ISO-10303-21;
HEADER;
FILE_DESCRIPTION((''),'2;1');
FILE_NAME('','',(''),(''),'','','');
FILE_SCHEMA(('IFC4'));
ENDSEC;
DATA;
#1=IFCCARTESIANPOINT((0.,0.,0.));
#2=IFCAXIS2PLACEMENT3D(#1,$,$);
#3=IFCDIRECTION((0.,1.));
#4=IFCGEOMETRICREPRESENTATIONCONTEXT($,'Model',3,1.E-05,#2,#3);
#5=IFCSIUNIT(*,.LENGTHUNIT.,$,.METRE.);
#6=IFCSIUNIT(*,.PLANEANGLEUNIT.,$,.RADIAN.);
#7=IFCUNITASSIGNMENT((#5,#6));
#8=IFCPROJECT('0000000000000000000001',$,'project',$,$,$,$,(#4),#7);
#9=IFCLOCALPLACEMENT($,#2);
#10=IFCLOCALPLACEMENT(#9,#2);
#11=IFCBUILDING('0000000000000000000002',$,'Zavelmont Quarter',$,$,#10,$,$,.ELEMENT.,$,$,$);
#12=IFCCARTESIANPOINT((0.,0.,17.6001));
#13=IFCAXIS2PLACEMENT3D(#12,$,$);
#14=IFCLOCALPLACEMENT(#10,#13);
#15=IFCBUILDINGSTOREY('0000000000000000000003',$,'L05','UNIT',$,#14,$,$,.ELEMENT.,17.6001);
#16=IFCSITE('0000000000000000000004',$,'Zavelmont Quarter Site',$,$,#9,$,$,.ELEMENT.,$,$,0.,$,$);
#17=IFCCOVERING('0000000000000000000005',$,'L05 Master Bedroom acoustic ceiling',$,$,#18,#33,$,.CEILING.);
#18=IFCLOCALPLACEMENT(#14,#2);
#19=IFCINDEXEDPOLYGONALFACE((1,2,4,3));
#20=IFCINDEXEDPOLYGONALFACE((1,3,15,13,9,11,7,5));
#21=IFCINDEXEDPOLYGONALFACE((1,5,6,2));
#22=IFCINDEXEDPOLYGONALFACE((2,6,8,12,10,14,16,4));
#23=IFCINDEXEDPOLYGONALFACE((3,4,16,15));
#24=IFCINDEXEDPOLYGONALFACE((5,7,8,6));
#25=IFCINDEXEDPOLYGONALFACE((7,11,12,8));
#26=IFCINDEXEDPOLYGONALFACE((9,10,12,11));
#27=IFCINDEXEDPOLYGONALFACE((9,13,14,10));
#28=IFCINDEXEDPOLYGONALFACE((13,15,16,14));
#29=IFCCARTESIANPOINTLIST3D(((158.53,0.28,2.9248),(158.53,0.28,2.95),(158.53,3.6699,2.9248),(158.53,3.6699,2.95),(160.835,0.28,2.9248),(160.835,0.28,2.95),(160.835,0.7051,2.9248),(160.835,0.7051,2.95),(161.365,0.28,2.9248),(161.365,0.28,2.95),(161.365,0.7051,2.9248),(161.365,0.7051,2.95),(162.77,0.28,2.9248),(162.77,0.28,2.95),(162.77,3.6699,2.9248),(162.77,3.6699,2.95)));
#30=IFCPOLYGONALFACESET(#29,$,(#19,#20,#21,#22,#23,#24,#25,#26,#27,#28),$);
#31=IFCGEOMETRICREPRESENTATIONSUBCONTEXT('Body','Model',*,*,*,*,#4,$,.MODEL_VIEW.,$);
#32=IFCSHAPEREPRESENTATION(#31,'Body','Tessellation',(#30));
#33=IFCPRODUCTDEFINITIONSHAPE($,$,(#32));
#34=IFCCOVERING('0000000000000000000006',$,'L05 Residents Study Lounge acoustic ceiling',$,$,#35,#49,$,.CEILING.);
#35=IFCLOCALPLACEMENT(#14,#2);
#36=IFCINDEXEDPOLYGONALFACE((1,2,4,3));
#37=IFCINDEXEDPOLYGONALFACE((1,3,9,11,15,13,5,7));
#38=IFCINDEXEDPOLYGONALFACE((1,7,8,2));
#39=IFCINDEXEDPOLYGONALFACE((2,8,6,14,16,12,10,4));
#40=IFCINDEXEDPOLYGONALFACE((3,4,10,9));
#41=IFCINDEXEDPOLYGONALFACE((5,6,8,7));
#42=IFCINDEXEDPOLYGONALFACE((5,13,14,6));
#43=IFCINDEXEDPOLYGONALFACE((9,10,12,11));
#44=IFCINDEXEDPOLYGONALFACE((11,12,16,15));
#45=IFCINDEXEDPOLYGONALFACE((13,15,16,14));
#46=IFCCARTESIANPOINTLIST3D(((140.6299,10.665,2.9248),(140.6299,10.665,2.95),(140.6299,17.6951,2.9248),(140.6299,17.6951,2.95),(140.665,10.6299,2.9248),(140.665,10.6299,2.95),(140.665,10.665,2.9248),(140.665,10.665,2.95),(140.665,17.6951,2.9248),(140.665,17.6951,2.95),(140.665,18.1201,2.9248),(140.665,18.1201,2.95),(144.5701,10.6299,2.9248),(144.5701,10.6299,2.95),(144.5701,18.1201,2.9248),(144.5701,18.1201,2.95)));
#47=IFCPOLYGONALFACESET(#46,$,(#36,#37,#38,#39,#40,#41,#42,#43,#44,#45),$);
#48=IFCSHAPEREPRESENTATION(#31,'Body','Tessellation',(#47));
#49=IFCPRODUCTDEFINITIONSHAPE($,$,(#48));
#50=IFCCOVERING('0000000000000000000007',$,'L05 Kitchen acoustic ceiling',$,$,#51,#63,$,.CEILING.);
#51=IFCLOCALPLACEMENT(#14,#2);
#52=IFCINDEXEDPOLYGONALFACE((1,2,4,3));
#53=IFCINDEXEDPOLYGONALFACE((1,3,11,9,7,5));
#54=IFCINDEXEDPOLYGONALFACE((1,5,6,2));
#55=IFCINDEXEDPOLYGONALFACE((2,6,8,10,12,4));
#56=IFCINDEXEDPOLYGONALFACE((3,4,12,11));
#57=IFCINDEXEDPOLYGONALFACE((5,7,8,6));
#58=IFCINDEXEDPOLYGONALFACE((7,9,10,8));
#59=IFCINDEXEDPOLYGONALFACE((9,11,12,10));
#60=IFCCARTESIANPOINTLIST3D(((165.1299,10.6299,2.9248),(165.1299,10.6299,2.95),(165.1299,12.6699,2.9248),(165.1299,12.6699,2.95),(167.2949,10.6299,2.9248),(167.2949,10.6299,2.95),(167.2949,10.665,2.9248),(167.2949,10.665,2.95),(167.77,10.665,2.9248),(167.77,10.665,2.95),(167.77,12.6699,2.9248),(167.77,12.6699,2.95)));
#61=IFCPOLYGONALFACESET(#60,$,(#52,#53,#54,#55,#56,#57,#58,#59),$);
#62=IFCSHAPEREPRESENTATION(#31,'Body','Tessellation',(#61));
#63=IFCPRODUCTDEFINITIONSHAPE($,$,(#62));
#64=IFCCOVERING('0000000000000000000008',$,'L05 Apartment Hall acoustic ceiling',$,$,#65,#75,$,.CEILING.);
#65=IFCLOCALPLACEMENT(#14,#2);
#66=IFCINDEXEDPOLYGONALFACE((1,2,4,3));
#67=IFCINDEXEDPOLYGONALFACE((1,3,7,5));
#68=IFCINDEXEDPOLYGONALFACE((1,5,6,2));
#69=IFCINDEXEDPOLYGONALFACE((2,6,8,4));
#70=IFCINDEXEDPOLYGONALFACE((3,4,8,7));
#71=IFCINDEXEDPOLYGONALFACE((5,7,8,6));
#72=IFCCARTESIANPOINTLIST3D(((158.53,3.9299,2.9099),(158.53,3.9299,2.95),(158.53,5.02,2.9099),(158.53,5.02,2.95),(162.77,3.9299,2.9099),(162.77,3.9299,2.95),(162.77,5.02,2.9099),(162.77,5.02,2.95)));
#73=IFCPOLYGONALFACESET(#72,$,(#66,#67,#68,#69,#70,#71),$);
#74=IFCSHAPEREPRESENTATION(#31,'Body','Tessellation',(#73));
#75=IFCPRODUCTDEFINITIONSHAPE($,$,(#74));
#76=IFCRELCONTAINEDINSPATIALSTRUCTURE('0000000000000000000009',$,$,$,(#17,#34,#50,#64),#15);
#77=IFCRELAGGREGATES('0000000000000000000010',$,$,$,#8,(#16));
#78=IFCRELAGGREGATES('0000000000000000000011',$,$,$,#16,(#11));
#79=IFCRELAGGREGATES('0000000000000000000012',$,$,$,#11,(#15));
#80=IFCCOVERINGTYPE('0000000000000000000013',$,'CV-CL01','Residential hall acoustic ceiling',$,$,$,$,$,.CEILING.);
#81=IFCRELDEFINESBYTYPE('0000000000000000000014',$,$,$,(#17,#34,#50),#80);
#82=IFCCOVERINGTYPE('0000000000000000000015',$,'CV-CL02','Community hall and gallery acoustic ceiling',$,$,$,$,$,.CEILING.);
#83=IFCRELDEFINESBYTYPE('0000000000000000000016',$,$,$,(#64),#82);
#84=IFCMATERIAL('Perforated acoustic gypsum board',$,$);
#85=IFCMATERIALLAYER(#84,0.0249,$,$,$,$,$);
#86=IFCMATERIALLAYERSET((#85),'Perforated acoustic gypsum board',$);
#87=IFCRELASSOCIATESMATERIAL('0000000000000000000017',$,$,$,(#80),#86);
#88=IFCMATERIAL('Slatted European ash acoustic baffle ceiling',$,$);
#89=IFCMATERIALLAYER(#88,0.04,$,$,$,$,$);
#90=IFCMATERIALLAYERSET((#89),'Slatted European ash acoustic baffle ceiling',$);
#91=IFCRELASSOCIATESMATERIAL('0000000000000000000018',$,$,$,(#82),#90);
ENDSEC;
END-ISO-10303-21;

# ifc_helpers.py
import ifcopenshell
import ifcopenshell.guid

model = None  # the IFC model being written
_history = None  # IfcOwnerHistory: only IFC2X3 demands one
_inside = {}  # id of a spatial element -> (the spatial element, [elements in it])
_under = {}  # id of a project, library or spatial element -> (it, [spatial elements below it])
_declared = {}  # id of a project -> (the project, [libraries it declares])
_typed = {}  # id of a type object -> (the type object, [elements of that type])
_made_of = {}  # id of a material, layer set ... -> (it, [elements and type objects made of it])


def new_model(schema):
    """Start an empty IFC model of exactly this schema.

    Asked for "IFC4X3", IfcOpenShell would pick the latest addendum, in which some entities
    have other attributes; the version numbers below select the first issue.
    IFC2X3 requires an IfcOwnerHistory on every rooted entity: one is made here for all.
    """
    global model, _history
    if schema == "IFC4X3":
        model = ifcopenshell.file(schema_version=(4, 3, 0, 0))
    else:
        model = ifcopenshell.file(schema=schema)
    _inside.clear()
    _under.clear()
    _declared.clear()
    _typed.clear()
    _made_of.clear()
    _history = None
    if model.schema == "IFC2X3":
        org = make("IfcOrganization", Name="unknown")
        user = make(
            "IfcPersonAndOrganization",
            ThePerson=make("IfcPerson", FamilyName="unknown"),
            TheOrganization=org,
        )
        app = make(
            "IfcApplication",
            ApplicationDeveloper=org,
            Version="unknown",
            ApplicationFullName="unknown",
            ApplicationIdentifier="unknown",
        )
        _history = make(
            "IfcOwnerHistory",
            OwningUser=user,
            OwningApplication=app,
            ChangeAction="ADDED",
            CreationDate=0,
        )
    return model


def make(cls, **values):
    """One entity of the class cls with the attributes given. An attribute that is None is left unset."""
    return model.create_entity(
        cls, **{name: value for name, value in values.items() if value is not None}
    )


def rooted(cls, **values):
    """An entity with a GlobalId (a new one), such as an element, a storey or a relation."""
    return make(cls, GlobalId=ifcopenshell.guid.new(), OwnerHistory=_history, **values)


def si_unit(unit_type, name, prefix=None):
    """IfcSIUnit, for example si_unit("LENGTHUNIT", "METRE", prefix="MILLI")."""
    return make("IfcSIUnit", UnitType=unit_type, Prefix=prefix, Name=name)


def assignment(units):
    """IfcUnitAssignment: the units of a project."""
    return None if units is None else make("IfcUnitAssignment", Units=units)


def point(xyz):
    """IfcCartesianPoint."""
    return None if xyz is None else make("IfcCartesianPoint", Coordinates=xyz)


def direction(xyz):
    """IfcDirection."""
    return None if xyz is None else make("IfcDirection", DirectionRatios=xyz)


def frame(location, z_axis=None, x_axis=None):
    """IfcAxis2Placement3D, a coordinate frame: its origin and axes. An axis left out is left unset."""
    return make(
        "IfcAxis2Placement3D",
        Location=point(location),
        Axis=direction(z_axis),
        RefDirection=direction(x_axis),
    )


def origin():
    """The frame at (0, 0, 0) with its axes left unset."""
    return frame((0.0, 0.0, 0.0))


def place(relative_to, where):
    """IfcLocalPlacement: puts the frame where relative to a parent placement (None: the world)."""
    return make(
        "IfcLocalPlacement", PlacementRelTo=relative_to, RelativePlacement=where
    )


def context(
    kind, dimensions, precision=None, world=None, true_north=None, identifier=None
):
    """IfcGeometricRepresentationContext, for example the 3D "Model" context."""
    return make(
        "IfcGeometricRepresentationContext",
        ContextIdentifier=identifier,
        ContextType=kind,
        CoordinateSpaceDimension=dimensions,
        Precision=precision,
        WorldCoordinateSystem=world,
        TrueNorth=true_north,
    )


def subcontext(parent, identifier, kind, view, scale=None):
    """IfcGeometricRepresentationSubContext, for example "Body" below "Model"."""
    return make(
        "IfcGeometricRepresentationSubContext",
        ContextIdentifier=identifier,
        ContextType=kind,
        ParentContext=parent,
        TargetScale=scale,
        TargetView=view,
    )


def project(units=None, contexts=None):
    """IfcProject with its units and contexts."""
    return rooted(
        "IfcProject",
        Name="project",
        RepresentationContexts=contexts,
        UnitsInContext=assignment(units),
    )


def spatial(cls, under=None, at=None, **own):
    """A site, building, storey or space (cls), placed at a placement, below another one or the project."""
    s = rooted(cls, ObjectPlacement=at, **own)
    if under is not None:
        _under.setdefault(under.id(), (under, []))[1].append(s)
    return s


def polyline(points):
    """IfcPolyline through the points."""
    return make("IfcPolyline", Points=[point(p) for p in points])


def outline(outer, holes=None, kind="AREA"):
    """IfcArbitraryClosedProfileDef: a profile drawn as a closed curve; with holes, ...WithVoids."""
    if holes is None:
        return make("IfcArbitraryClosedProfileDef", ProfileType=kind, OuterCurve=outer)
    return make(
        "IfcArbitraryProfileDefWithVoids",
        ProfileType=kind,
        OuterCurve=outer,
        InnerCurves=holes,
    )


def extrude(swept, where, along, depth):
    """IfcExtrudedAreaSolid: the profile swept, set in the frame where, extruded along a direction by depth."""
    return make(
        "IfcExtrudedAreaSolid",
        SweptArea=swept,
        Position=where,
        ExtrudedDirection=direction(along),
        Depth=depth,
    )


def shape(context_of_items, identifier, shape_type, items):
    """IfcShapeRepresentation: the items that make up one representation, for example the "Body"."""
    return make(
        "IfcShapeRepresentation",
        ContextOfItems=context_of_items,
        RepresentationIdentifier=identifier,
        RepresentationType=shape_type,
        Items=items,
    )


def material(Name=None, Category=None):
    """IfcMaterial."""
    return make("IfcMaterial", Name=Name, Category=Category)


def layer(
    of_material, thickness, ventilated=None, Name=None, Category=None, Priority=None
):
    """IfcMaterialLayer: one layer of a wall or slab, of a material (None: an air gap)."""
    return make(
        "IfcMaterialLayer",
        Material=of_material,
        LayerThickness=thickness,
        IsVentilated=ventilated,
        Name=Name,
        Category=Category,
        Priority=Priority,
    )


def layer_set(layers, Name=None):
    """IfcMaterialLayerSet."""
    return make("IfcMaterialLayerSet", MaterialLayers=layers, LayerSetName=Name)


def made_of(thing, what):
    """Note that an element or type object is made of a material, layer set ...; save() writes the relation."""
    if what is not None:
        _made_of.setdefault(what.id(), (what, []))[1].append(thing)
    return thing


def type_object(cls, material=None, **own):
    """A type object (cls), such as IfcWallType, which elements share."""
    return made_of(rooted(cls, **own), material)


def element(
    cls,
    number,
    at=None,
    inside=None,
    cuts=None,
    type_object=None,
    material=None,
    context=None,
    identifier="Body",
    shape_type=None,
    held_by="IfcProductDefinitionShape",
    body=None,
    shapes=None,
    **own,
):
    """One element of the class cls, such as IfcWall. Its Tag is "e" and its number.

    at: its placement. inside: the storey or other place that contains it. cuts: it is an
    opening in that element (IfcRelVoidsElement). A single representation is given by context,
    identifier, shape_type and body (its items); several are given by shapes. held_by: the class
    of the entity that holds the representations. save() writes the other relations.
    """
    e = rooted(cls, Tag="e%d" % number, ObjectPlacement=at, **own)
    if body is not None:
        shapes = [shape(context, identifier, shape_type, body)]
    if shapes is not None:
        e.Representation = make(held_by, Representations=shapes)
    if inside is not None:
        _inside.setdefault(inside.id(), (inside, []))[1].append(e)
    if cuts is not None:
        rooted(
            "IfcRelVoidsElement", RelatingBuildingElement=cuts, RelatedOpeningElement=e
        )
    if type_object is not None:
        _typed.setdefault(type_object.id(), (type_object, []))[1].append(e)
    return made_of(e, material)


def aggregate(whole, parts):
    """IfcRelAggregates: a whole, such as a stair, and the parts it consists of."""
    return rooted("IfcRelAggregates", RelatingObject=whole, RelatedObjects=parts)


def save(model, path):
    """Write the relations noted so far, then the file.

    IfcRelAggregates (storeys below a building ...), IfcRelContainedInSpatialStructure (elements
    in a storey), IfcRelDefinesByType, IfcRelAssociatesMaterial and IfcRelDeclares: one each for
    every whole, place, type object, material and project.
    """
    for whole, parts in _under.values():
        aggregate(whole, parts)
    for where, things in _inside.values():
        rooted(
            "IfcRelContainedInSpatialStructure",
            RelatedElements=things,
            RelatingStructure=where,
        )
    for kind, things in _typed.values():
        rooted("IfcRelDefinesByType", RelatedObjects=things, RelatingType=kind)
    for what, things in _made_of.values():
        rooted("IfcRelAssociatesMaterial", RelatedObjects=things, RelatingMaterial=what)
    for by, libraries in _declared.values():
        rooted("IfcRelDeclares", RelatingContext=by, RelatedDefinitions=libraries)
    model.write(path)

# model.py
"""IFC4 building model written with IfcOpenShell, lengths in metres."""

from ifc_helpers import new_model, si_unit, direction, frame, origin, place, context, subcontext, project, spatial, polyline, outline, extrude, material, layer, layer_set, type_object, element, save


model = new_model("IFC4")

# Units and contexts
model_context = context("Model", 3, precision=1e-05, world=origin(), true_north=direction((0.0, 1.0)))
body_context = subcontext(model_context, "Body", "Model", "MODEL_VIEW")
ifc_project = project(units=[si_unit("LENGTHUNIT", "METRE"), si_unit("PLANEANGLEUNIT", "RADIAN")], contexts=[model_context])

# Site, building, storey
site_placement = place(None, origin())
site = spatial("IfcSite", under=ifc_project, at=site_placement, Name="Zavelmont Quarter Site", CompositionType="ELEMENT", RefElevation=0.0)
building_placement = place(site_placement, origin())
building = spatial("IfcBuilding", under=site, at=building_placement, Name="Zavelmont Quarter", CompositionType="ELEMENT")
storey_placement = place(building_placement, frame((0.0, 0.0, 17.6001)))
storey = spatial("IfcBuildingStorey", under=building, at=storey_placement, Name="L05", Description="UNIT", CompositionType="ELEMENT", Elevation=17.6001)

# Coverings
ifc_material_1 = material(Name="Perforated acoustic gypsum board")
ifc_layer_1 = layer(ifc_material_1, 0.0249)
ifc_layer_set_1 = layer_set([ifc_layer_1], Name="Perforated acoustic gypsum board")
covering_type_1 = type_object("IfcCoveringType", Name="CV-CL01", Description="Residential hall acoustic ceiling", PredefinedType="CEILING", material=ifc_layer_set_1)
covering_1_placement = place(storey_placement, frame((0.0, 0.0, 2.9248)))
element("IfcCovering", 1, at=covering_1_placement, inside=storey, type_object=covering_type_1, Name="L05 Master Bedroom acoustic ceiling", PredefinedType="CEILING", context=body_context, shape_type="SweptSolid", body=[
    extrude(outline(polyline([(158.53, 3.6699), (162.77, 3.6699), (162.77, 0.28), (161.365, 0.28), (161.365, 0.7051), (160.835, 0.7051), (160.835, 0.28), (158.53, 0.28), (158.53, 3.6699)])), origin(), (0.0, 0.0, 1.0), 0.0251),
])
covering_2_placement = place(storey_placement, frame((0.0, 0.0, 2.9248)))
element("IfcCovering", 2, at=covering_2_placement, inside=storey, type_object=covering_type_1, Name="L05 Residents Study Lounge acoustic ceiling", PredefinedType="CEILING", context=body_context, shape_type="SweptSolid", body=[
    extrude(outline(polyline([(140.6299, 17.6951), (140.665, 17.6951), (140.665, 18.1201), (144.5701, 18.1201), (144.5701, 10.6299), (140.665, 10.6299), (140.665, 10.665), (140.6299, 10.665), (140.6299, 17.6951)])), origin(), (0.0, 0.0, 1.0), 0.0251),
])
covering_3_placement = place(storey_placement, frame((0.0, 0.0, 2.9248)))
element("IfcCovering", 3, at=covering_3_placement, inside=storey, type_object=covering_type_1, Name="L05 Kitchen acoustic ceiling", PredefinedType="CEILING", context=body_context, shape_type="SweptSolid", body=[
    extrude(outline(polyline([(165.1299, 12.6699), (167.77, 12.6699), (167.77, 10.665), (167.2949, 10.665), (167.2949, 10.6299), (165.1299, 10.6299), (165.1299, 12.6699)])), origin(), (0.0, 0.0, 1.0), 0.0251),
])
ifc_material_2 = material(Name="Slatted European ash acoustic baffle ceiling")
ifc_layer_2 = layer(ifc_material_2, 0.04)
ifc_layer_set_2 = layer_set([ifc_layer_2], Name="Slatted European ash acoustic baffle ceiling")
covering_type_2 = type_object("IfcCoveringType", Name="CV-CL02", Description="Community hall and gallery acoustic ceiling", PredefinedType="CEILING", material=ifc_layer_set_2)
covering_4_placement = place(storey_placement, frame((0.0, 0.0, 2.9099)))
element("IfcCovering", 4, at=covering_4_placement, inside=storey, type_object=covering_type_2, Name="L05 Apartment Hall acoustic ceiling", PredefinedType="CEILING", context=body_context, shape_type="SweptSolid", body=[
    extrude(outline(polyline([(158.53, 5.02), (162.77, 5.02), (162.77, 3.9299), (158.53, 3.9299), (158.53, 5.02)])), origin(), (0.0, 0.0, 1.0), 0.04),
])

save(model, "model.ifc")
